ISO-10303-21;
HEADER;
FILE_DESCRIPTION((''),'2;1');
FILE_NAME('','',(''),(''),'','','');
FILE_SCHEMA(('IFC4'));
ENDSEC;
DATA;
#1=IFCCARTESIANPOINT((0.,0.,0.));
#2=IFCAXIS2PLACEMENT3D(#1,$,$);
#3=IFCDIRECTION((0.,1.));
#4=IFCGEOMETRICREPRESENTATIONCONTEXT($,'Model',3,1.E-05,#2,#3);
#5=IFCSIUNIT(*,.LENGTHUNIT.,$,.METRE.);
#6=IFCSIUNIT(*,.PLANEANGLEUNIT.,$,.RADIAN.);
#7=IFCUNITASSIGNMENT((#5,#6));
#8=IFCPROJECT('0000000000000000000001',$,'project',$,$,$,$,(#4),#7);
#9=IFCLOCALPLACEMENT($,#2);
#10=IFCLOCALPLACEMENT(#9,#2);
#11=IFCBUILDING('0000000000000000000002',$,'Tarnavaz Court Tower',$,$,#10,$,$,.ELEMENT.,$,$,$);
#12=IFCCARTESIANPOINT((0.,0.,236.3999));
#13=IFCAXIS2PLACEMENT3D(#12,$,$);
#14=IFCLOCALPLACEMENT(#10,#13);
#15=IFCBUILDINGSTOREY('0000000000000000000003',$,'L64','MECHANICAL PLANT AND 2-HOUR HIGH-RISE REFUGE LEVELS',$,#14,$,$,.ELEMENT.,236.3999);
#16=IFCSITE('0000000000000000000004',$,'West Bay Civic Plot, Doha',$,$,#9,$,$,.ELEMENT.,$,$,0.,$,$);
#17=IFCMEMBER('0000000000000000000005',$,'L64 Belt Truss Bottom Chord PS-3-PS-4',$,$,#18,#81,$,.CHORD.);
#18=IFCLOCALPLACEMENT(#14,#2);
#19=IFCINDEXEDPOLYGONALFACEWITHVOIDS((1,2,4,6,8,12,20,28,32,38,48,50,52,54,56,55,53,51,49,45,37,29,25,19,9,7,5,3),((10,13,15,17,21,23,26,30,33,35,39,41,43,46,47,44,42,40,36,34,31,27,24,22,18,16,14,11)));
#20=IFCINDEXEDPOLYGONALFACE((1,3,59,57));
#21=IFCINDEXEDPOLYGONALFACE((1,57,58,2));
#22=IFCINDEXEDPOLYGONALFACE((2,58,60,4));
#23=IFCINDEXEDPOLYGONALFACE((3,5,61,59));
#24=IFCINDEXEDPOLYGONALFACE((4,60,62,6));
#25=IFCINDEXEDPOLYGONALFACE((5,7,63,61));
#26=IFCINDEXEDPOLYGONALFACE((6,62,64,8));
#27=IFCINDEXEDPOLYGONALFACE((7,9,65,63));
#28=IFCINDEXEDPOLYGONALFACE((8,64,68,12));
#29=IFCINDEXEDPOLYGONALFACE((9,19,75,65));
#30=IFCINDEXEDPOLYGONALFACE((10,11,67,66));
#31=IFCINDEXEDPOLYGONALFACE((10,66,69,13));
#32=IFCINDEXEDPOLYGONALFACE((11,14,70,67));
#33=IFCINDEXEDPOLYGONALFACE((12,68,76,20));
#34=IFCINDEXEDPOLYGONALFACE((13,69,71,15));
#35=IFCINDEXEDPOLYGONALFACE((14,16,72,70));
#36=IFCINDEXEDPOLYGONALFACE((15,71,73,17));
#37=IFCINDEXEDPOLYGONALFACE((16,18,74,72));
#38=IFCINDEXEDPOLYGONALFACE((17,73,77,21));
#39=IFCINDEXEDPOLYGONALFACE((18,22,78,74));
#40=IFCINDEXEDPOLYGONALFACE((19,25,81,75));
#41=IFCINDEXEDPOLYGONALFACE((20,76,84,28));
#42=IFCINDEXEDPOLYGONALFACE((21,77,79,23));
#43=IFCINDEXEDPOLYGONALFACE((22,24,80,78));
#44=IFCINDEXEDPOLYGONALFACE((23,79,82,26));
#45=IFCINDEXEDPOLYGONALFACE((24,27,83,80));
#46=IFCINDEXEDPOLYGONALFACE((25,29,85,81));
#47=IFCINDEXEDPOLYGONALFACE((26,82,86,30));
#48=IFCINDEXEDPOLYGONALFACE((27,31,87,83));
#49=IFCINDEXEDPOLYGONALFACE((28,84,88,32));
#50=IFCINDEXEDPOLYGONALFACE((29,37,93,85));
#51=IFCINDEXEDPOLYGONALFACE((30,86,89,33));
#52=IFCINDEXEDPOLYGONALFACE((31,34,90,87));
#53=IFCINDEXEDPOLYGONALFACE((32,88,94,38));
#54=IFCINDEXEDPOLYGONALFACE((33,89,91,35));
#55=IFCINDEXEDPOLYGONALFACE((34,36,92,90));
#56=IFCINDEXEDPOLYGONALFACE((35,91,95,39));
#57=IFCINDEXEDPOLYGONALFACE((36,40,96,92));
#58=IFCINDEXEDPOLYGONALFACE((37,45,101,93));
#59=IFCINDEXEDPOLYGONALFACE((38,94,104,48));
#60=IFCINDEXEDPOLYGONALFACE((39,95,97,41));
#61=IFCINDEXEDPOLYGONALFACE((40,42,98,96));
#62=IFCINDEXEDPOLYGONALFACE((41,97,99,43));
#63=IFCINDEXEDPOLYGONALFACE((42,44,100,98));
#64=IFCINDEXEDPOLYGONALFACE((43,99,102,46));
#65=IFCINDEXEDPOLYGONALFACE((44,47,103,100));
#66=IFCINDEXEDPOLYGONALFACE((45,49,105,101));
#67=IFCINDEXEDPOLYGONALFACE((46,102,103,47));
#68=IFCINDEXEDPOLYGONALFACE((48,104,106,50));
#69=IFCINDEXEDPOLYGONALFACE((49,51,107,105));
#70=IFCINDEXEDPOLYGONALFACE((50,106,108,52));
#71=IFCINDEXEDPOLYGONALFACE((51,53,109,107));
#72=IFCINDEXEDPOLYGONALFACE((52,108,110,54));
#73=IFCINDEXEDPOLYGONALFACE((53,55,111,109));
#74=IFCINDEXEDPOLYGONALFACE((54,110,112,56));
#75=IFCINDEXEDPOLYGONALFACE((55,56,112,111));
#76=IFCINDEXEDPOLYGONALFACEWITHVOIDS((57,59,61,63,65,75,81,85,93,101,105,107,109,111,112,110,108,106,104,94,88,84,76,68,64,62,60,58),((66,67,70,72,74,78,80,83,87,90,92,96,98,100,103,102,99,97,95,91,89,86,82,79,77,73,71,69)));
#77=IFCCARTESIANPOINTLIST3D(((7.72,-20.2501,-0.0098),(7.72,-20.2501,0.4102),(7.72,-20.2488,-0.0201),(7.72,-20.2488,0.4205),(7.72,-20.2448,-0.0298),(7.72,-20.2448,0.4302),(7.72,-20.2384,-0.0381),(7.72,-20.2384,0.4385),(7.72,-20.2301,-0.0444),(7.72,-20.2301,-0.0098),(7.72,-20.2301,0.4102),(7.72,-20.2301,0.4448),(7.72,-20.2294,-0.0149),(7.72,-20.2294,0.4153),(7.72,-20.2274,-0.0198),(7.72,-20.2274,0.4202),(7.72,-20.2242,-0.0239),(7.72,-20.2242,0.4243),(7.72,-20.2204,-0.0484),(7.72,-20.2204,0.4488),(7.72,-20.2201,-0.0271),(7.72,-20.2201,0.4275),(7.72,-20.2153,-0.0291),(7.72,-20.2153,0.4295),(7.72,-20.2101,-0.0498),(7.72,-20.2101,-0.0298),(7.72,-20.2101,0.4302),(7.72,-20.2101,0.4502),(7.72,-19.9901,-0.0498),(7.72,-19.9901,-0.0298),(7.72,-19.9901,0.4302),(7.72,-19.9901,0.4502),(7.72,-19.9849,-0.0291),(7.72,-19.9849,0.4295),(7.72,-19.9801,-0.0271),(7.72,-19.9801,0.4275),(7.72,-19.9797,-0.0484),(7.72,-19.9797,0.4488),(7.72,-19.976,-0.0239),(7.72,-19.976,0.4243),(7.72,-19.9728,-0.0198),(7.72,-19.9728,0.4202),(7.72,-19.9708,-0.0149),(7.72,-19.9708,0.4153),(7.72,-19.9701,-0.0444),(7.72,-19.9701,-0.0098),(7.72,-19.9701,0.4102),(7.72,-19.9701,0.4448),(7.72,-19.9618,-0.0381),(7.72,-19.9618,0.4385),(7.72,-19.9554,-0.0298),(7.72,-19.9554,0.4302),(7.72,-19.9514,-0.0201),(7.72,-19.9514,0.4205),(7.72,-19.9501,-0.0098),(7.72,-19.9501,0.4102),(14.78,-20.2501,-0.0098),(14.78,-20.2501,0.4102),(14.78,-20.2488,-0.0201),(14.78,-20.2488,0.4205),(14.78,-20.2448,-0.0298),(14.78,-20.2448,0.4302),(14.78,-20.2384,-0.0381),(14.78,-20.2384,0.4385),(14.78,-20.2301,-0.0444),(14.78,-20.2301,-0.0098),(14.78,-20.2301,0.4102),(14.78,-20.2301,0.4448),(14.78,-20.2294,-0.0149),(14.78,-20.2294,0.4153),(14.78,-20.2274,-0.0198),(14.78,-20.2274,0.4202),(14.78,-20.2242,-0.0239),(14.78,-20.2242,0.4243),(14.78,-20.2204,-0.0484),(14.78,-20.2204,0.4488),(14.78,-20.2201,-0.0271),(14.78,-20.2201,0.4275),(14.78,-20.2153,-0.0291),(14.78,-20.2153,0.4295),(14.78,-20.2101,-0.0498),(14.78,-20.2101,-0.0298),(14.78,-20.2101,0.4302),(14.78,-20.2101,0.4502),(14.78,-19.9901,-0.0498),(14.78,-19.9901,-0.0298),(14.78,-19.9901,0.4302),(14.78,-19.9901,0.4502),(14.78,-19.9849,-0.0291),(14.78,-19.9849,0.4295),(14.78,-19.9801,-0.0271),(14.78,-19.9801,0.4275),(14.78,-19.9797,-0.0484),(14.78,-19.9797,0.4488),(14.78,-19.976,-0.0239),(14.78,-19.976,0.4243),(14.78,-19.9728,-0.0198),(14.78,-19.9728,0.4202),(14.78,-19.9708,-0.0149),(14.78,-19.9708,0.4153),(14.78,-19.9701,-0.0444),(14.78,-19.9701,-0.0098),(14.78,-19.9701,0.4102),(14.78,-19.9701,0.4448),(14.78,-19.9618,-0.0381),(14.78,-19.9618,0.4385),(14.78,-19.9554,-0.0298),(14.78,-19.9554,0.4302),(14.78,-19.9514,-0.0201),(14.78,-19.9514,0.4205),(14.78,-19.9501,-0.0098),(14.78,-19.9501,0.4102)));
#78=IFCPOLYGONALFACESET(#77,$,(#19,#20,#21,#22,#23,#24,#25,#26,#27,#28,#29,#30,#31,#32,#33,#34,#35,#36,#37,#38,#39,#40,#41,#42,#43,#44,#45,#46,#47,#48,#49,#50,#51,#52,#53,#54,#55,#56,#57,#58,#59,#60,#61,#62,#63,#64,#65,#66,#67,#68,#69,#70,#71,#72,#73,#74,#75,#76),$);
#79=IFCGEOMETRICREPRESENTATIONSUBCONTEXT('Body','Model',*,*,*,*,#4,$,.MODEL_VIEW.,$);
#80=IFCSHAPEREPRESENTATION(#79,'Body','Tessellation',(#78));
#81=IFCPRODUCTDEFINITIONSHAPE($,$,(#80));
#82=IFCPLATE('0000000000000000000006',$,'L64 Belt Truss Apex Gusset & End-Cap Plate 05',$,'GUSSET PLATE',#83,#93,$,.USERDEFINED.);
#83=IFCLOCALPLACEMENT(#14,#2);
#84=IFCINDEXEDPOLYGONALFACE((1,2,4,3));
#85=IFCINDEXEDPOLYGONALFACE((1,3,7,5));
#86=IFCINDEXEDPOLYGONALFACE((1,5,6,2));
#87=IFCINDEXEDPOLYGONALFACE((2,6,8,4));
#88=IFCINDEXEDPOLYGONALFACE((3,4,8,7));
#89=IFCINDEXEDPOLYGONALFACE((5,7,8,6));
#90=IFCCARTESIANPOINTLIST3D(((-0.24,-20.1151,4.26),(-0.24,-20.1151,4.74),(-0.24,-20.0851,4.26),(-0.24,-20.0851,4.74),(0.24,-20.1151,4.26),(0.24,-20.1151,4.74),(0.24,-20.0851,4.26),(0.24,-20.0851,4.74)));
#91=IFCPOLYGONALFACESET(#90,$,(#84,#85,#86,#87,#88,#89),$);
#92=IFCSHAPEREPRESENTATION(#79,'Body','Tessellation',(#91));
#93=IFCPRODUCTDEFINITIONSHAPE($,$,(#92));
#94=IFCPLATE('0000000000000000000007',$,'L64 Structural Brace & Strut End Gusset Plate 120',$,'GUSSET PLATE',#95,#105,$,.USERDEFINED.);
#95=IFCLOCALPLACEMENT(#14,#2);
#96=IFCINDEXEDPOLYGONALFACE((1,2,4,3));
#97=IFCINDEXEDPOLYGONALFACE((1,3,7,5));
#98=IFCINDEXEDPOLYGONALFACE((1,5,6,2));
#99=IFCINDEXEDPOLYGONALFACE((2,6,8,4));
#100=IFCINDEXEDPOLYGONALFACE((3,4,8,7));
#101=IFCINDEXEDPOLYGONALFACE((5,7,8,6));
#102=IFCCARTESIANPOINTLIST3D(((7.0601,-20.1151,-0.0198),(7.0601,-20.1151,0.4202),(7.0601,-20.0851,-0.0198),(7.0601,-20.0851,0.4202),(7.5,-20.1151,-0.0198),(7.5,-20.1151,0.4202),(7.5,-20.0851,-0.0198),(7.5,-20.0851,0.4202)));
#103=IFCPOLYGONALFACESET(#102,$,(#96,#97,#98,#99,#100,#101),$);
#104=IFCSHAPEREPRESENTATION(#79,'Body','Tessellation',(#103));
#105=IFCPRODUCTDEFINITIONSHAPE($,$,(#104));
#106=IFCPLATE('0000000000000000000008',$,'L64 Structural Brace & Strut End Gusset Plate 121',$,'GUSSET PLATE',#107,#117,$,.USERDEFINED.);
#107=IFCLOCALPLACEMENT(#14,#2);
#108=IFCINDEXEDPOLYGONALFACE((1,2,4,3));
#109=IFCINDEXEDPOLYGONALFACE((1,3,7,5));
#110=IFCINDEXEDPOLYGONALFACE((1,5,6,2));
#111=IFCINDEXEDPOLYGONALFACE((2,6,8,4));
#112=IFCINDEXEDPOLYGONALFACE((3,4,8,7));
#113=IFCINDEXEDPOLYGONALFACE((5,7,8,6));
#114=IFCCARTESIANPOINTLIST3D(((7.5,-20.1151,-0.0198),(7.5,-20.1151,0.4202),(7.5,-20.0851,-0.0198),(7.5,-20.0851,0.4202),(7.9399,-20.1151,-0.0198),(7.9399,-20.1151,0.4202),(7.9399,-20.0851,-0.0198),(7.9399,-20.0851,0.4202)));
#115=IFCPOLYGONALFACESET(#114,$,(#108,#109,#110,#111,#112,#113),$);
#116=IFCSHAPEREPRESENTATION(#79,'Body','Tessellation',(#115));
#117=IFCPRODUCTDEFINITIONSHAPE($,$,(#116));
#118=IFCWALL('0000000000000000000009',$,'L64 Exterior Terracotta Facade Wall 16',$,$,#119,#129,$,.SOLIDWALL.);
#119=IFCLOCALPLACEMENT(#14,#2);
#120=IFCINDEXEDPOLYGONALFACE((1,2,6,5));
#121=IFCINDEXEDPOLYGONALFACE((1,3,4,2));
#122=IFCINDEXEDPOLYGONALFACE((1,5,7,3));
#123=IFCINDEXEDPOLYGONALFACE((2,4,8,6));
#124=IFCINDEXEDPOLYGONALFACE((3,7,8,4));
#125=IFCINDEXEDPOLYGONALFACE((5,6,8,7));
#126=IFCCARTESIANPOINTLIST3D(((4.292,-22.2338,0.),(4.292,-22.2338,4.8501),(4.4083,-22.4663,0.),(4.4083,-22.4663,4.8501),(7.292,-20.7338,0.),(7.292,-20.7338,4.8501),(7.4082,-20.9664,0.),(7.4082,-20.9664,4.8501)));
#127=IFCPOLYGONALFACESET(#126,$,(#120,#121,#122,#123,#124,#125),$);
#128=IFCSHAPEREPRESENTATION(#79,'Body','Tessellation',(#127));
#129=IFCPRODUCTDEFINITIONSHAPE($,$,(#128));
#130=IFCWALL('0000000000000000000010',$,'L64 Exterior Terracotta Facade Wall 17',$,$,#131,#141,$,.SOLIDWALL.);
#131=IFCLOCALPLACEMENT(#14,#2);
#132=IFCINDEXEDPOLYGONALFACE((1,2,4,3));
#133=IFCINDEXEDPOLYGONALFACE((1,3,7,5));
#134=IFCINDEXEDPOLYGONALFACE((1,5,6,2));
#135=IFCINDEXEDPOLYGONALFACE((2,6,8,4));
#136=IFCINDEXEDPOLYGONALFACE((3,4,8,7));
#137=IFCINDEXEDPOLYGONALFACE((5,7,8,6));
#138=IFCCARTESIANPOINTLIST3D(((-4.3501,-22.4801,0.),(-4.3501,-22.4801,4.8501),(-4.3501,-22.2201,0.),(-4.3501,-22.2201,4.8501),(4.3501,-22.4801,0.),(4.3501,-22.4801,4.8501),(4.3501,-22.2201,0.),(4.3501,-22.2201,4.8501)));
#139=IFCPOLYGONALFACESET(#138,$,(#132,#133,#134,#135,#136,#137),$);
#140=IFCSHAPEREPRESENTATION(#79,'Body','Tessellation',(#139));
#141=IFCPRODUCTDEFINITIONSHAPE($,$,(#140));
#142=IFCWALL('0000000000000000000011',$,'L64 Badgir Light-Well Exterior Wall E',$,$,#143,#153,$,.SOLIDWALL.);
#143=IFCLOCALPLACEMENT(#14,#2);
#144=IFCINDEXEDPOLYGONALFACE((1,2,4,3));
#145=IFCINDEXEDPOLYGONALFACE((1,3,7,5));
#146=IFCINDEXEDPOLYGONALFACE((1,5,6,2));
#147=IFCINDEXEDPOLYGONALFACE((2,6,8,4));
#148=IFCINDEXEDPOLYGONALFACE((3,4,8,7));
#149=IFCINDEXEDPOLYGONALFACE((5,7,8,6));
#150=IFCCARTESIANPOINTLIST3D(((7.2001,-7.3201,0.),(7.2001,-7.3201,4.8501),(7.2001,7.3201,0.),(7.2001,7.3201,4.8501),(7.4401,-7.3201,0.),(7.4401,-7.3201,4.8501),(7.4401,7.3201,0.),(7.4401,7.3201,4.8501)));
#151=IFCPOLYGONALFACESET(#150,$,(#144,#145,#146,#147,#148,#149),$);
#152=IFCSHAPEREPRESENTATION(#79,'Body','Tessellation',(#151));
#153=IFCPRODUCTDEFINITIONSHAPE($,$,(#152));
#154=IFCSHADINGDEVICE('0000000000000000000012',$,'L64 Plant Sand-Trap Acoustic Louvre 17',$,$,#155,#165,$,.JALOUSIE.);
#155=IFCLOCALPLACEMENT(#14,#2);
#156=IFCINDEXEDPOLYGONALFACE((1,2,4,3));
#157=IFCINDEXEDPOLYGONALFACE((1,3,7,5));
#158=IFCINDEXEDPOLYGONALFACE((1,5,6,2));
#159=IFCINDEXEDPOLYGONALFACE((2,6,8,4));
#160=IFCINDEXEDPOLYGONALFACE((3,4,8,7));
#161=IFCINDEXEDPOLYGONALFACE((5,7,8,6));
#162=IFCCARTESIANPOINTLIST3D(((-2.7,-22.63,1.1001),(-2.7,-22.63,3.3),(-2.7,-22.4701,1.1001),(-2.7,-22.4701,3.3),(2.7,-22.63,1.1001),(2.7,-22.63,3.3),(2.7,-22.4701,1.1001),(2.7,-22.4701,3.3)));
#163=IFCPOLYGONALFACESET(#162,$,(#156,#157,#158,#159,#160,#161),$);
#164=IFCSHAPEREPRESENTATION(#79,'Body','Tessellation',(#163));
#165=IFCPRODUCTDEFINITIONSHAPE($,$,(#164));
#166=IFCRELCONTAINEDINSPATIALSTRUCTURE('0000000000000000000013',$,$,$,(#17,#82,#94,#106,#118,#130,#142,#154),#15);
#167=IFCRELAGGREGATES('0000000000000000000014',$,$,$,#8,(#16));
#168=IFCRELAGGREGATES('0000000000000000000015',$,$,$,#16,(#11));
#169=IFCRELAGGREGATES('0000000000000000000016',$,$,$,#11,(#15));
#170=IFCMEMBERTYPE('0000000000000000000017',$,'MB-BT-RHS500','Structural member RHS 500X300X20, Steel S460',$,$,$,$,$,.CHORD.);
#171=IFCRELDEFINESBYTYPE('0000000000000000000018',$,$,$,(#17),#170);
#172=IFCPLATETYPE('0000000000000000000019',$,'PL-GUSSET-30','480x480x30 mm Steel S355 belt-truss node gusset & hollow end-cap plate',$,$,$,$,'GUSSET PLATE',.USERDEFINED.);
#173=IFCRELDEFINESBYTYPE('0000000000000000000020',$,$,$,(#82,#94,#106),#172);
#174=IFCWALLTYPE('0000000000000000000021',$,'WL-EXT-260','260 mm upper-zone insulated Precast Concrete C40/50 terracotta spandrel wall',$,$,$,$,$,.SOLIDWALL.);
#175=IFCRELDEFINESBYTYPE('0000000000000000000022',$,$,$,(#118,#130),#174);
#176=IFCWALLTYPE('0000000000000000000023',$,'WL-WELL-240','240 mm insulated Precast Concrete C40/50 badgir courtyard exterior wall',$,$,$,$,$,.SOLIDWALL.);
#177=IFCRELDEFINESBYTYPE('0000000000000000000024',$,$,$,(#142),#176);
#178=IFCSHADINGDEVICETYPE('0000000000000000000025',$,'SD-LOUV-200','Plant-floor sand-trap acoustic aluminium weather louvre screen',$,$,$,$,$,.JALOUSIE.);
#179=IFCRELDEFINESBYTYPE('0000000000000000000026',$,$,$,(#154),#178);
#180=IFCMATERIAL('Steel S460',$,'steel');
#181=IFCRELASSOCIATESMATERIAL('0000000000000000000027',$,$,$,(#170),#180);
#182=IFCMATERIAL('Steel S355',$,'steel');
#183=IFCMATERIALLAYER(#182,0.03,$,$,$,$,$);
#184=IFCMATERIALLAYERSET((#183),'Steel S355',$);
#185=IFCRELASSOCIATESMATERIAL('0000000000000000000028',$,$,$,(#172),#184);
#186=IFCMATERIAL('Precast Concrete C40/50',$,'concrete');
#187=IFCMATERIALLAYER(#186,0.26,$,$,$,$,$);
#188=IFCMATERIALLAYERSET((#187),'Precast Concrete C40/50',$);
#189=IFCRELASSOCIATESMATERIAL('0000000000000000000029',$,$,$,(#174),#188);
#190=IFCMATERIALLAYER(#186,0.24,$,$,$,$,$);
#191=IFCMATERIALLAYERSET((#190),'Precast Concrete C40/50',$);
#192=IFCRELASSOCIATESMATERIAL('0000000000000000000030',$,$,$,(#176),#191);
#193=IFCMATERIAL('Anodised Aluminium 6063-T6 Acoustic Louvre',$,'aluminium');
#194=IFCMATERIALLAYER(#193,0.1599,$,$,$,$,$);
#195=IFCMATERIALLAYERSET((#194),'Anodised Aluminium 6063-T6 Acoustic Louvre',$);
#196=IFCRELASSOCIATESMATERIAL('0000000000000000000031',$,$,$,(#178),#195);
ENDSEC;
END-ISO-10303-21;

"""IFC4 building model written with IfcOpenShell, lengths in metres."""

from ifc_helpers import new_model, si_unit, direction, frame, frame_2d, origin, origin_2d, place, context, subcontext, project, spatial, rectangle, hollow_rectangle, extrude, material, layer, layer_set, material_profile, profile_set, type_object, element, save


model = new_model("IFC4")

# Units and contexts
model_context = context("Model", 3, precision=1e-05, world=origin(), true_north=direction((0.0, 1.0)))
body_context = subcontext(model_context, "Body", "Model", "MODEL_VIEW")
ifc_project = project(units=[si_unit("LENGTHUNIT", "METRE"), si_unit("PLANEANGLEUNIT", "RADIAN")], contexts=[model_context])

# Site, building, storey
site_placement = place(None, origin())
site = spatial("IfcSite", under=ifc_project, at=site_placement, Name="West Bay Civic Plot, Doha", CompositionType="ELEMENT", RefElevation=0.0)
building_placement = place(site_placement, origin())
building = spatial("IfcBuilding", under=site, at=building_placement, Name="Tarnavaz Court Tower", CompositionType="ELEMENT")
storey_placement = place(building_placement, frame((0.0, 0.0, 236.3999)))
storey = spatial("IfcBuildingStorey", under=building, at=storey_placement, Name="L64", Description="MECHANICAL PLANT AND 2-HOUR HIGH-RISE REFUGE LEVELS", CompositionType="ELEMENT", Elevation=236.3999)

# Shared definitions
ifc_material_1 = material(Name="Steel S460", Category="steel")

# Shared definitions
ifc_material_2 = material(Name="Steel S355", Category="steel")

# Member
ifc_material_profile_1 = material_profile(ifc_material_1, hollow_rectangle(XDim=0.3, YDim=0.5, WallThickness=0.02, InnerFilletRadius=0.02, OuterFilletRadius=0.04, at=origin_2d()), Name="RHS 500X300X20")
ifc_profile_set_1 = profile_set([ifc_material_profile_1], Name="Steel S460")
member_type_1 = type_object("IfcMemberType", Name="MB-BT-RHS500", Description="Structural member RHS 500X300X20, Steel S460", PredefinedType="CHORD", material=ifc_profile_set_1)
member_1_placement = place(storey_placement, frame((7.72, -20.1001, 0.2002), z_axis=(1.0, 0.0, 0.0), x_axis=(0.0, 1.0, 0.0)))
element("IfcMember", 1, at=member_1_placement, inside=storey, type_object=member_type_1, Name="L64 Belt Truss Bottom Chord PS-3-PS-4", PredefinedType="CHORD", context=body_context, shape_type="SweptSolid", body=[
    extrude(hollow_rectangle(XDim=0.3, YDim=0.5, WallThickness=0.02, InnerFilletRadius=0.02, OuterFilletRadius=0.04, at=origin_2d()), origin(), (0.0, 0.0, 1.0), 7.0601),
])

# Plates
ifc_layer_1 = layer(ifc_material_2, 0.03)
ifc_layer_set_1 = layer_set([ifc_layer_1], Name="Steel S355")
plate_type = type_object("IfcPlateType", Name="PL-GUSSET-30", Description="480x480x30 mm Steel S355 belt-truss node gusset & hollow end-cap plate", ElementType="GUSSET PLATE", PredefinedType="USERDEFINED", material=ifc_layer_set_1)
plate_placement = place(storey_placement, frame((0.0, -20.1001, 4.26), z_axis=(0.0, 0.0, 1.0), x_axis=(1.0, 0.0, 0.0)))
element("IfcPlate", 2, at=plate_placement, inside=storey, type_object=plate_type, Name="L64 Belt Truss Apex Gusset & End-Cap Plate 05", ObjectType="GUSSET PLATE", PredefinedType="USERDEFINED", context=body_context, shape_type="SweptSolid", body=[
    extrude(rectangle(XDim=0.48, YDim=0.03, at=origin_2d()), origin(), (0.0, 0.0, 1.0), 0.48),
])
for number, where, z_axis, x_axis, name in (
    (3, (7.28, -20.1001, -0.0198), (0.0, 0.0, 1.0), (1.0, 0.0, 0.0), "L64 Structural Brace & Strut End Gusset Plate 120"),
    (4, (7.72, -20.1001, -0.0198), (0.0, 0.0, 1.0), (1.0, 0.0, 0.0), "L64 Structural Brace & Strut End Gusset Plate 121"),
):
    element("IfcPlate", number, at=place(storey_placement, frame(where, z_axis=z_axis, x_axis=x_axis)), inside=storey, type_object=plate_type, Name=name, ObjectType="GUSSET PLATE", PredefinedType="USERDEFINED", context=body_context, shape_type="SweptSolid", body=[
        extrude(rectangle(XDim=0.4399, YDim=0.03, at=origin_2d()), origin(), (0.0, 0.0, 1.0), 0.4399),
    ])

# Walls
ifc_material_3 = material(Name="Precast Concrete C40/50", Category="concrete")
ifc_layer_2 = layer(ifc_material_3, 0.26)
ifc_layer_set_2 = layer_set([ifc_layer_2], Name="Precast Concrete C40/50")
wall_type_1 = type_object("IfcWallType", Name="WL-EXT-260", Description="260 mm upper-zone insulated Precast Concrete C40/50 terracotta spandrel wall", PredefinedType="SOLIDWALL", material=ifc_layer_set_2)
wall_1_placement = place(storey_placement, frame((7.3501, -20.8501, 0.0), z_axis=(0.0, 0.0, 1.0), x_axis=(-0.894427, -0.447214, 0.0)))
element("IfcWall", 5, at=wall_1_placement, inside=storey, type_object=wall_type_1, Name="L64 Exterior Terracotta Facade Wall 16", PredefinedType="SOLIDWALL", context=body_context, shape_type="SweptSolid", body=[
    extrude(rectangle(XDim=3.354, YDim=0.26, at=frame_2d((1.677, 0.0))), origin(), (0.0, 0.0, 1.0), 4.8501),
])
wall_2_placement = place(storey_placement, frame((4.3501, -22.3501, 0.0), z_axis=(0.0, 0.0, 1.0), x_axis=(-1.0, 0.0, 0.0)))
element("IfcWall", 6, at=wall_2_placement, inside=storey, type_object=wall_type_1, Name="L64 Exterior Terracotta Facade Wall 17", PredefinedType="SOLIDWALL", context=body_context, shape_type="SweptSolid", body=[
    extrude(rectangle(XDim=8.7002, YDim=0.26, at=frame_2d((4.3501, 0.0))), origin(), (0.0, 0.0, 1.0), 4.8501),
])
ifc_layer_3 = layer(ifc_material_3, 0.24)
ifc_layer_set_3 = layer_set([ifc_layer_3], Name="Precast Concrete C40/50")
wall_type_2 = type_object("IfcWallType", Name="WL-WELL-240", Description="240 mm insulated Precast Concrete C40/50 badgir courtyard exterior wall", PredefinedType="SOLIDWALL", material=ifc_layer_set_3)
wall_3_placement = place(storey_placement, frame((7.3201, -7.3201, 0.0), z_axis=(0.0, 0.0, 1.0), x_axis=(0.0, 1.0, 0.0)))
element("IfcWall", 7, at=wall_3_placement, inside=storey, type_object=wall_type_2, Name="L64 Badgir Light-Well Exterior Wall E", PredefinedType="SOLIDWALL", context=body_context, shape_type="SweptSolid", body=[
    extrude(rectangle(XDim=14.6401, YDim=0.24, at=frame_2d((7.3201, 0.0))), origin(), (0.0, 0.0, 1.0), 4.8501),
])

# Shading device
ifc_material_4 = material(Name="Anodised Aluminium 6063-T6 Acoustic Louvre", Category="aluminium")
ifc_layer_4 = layer(ifc_material_4, 0.1599)
ifc_layer_set_4 = layer_set([ifc_layer_4], Name="Anodised Aluminium 6063-T6 Acoustic Louvre")
shading_device_type = type_object("IfcShadingDeviceType", Name="SD-LOUV-200", Description="Plant-floor sand-trap acoustic aluminium weather louvre screen", PredefinedType="JALOUSIE", material=ifc_layer_set_4)
shading_device_placement = place(storey_placement, frame((0.0, -22.55, 1.1001), z_axis=(0.0, 0.0, 1.0), x_axis=(-1.0, 0.0, 0.0)))
element("IfcShadingDevice", 8, at=shading_device_placement, inside=storey, type_object=shading_device_type, Name="L64 Plant Sand-Trap Acoustic Louvre 17", PredefinedType="JALOUSIE", context=body_context, shape_type="SweptSolid", body=[
    extrude(rectangle(XDim=5.3999, YDim=0.1599, at=origin_2d()), origin(), (0.0, 0.0, 1.0), 2.2),
])

save(model, "model.ifc")
